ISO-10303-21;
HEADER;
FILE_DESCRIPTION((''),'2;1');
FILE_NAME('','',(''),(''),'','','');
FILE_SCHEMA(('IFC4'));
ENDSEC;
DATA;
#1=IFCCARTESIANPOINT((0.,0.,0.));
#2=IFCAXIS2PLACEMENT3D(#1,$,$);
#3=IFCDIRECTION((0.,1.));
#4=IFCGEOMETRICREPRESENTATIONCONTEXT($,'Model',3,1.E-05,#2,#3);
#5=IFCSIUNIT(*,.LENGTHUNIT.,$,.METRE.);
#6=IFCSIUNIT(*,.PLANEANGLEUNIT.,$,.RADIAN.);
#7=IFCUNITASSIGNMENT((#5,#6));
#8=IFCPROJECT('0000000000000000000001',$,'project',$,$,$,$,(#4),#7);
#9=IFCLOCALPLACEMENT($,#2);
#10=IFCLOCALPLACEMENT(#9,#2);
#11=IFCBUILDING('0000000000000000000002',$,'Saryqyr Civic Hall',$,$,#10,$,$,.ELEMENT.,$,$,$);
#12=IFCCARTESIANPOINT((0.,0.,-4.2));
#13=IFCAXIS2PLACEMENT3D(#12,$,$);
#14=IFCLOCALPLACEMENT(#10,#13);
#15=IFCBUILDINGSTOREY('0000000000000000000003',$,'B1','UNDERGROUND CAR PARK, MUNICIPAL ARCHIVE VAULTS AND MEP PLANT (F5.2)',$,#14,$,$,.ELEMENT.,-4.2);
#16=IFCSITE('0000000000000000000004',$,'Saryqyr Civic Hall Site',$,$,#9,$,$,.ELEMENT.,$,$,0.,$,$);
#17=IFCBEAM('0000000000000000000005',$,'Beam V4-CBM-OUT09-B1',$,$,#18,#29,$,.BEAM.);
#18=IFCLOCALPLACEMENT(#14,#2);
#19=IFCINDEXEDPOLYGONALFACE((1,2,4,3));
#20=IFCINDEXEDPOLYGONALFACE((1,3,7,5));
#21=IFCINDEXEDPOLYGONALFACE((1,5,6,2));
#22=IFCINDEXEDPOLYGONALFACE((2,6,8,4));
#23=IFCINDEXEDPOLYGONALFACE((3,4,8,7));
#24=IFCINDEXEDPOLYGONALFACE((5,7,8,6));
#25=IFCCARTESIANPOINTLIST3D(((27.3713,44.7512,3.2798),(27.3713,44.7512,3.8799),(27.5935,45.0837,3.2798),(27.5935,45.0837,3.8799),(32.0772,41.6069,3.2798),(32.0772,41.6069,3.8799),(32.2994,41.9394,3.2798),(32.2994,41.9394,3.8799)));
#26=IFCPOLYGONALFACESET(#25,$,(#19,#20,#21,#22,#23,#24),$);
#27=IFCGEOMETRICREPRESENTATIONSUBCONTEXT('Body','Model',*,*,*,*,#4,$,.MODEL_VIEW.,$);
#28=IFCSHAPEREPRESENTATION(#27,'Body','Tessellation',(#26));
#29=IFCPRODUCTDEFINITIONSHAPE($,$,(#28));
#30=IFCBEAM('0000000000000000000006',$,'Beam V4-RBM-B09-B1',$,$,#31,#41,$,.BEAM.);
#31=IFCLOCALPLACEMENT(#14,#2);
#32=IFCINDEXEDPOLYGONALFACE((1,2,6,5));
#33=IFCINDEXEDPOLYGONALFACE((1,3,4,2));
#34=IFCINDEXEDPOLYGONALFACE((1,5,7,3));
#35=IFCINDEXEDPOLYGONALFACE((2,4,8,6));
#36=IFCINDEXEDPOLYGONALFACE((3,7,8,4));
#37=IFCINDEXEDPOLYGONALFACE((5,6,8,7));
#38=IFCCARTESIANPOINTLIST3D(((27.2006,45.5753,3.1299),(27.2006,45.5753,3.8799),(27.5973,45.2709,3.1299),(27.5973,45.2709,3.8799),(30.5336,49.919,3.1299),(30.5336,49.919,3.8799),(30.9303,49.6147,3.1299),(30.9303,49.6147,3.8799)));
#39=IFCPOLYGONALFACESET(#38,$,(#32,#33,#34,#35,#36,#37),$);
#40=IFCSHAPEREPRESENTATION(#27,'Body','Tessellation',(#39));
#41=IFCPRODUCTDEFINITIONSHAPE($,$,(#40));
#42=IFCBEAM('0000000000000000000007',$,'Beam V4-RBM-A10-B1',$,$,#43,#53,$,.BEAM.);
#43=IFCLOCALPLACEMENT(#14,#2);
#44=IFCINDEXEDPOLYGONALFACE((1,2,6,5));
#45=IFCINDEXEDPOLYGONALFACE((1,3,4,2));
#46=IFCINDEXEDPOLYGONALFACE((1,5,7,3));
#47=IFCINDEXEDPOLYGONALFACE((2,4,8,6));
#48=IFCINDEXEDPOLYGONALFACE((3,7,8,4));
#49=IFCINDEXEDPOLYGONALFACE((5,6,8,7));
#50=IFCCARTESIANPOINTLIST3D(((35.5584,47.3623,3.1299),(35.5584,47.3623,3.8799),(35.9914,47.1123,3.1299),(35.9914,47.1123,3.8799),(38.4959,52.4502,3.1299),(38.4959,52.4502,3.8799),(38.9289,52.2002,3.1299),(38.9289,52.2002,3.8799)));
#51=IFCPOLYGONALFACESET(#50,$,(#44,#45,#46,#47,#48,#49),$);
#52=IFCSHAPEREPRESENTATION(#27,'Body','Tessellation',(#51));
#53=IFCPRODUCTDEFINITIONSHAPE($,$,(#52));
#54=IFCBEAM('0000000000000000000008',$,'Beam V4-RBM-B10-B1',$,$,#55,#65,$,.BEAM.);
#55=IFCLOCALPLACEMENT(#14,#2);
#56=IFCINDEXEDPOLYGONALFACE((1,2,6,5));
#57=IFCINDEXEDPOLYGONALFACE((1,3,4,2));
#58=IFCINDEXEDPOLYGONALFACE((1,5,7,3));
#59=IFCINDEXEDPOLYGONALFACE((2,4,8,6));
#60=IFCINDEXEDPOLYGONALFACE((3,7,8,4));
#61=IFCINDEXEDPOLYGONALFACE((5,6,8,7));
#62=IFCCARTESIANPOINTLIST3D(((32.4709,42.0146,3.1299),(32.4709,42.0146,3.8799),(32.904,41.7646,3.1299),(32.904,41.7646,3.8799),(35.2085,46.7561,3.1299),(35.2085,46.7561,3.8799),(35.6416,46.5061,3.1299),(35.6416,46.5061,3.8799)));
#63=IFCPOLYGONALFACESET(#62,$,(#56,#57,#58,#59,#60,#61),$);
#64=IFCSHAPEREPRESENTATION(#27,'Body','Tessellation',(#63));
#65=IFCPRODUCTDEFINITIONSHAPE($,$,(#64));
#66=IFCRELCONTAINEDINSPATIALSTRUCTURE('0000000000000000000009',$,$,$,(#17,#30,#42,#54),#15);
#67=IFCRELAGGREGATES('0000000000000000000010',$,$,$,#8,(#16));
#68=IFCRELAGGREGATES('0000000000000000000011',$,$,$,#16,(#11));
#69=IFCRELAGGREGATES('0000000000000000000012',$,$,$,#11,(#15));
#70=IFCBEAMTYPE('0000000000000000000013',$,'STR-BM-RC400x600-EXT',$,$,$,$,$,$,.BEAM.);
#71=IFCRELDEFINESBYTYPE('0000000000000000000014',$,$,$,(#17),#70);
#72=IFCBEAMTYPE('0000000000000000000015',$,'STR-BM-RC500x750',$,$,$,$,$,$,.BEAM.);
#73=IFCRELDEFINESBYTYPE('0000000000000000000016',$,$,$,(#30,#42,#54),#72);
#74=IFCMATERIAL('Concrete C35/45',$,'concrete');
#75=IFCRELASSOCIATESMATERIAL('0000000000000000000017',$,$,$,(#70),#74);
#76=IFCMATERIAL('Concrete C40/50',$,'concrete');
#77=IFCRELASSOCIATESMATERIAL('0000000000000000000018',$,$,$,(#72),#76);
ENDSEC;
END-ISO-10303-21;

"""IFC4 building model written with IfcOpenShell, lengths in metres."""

from ifc_helpers import new_model, si_unit, direction, frame, origin, origin_2d, place, context, subcontext, project, spatial, rectangle, extrude, material, material_profile, profile_set, type_object, element, save


model = new_model("IFC4")

# Units and contexts
model_context = context("Model", 3, precision=1e-05, world=origin(), true_north=direction((0.0, 1.0)))
body_context = subcontext(model_context, "Body", "Model", "MODEL_VIEW")
ifc_project = project(units=[si_unit("LENGTHUNIT", "METRE"), si_unit("PLANEANGLEUNIT", "RADIAN")], contexts=[model_context])

# Site, building, storey
site_placement = place(None, origin())
site = spatial("IfcSite", under=ifc_project, at=site_placement, Name="Saryqyr Civic Hall Site", CompositionType="ELEMENT", RefElevation=0.0)
building_placement = place(site_placement, origin())
building = spatial("IfcBuilding", under=site, at=building_placement, Name="Saryqyr Civic Hall", CompositionType="ELEMENT")
storey_placement = place(building_placement, frame((0.0, 0.0, -4.2)))
storey = spatial("IfcBuildingStorey", under=building, at=storey_placement, Name="B1", Description="UNDERGROUND CAR PARK, MUNICIPAL ARCHIVE VAULTS AND MEP PLANT (F5.2)", CompositionType="ELEMENT", Elevation=-4.2)

# Shared definitions
ifc_material_1 = material(Name="Concrete C35/45", Category="concrete")

# Shared definitions
ifc_material_2 = material(Name="Concrete C40/50", Category="concrete")

# Beams
ifc_material_profile_1 = material_profile(ifc_material_1, rectangle(XDim=0.3999, YDim=0.6001, at=origin_2d()), Name="RC 400x600")
ifc_profile_set_1 = profile_set([ifc_material_profile_1], Name="Concrete C35/45")
beam_type_1 = type_object("IfcBeamType", Name="STR-BM-RC400x600-EXT", PredefinedType="BEAM", material=ifc_profile_set_1)
beam_1_placement = place(storey_placement, frame((27.4824, 44.9175, 3.5798), z_axis=(0.831472, -0.555566, 0.0), x_axis=(0.555566, 0.831472, 0.0)))
element("IfcBeam", 1, at=beam_1_placement, inside=storey, type_object=beam_type_1, Name="Beam V4-CBM-OUT09-B1", PredefinedType="BEAM", context=body_context, shape_type="SweptSolid", body=[
    extrude(rectangle(XDim=0.3999, YDim=0.6001, at=origin_2d()), origin(), (0.0, 0.0, 1.0), 5.6597),
])
ifc_material_profile_2 = material_profile(ifc_material_2, rectangle(XDim=0.5, YDim=0.75, at=origin_2d()), Name="RC 500x750")
ifc_profile_set_2 = profile_set([ifc_material_profile_2], Name="Concrete C40/50")
beam_type_2 = type_object("IfcBeamType", Name="STR-BM-RC500x750", PredefinedType="BEAM", material=ifc_profile_set_2)
beam_2_placement = place(storey_placement, frame((30.7319, 49.7668, 3.5049), z_axis=(-0.608754, -0.793359, 0.0), x_axis=(0.793359, -0.608754, 0.0)))
element("IfcBeam", 2, at=beam_2_placement, inside=storey, type_object=beam_type_2, Name="Beam V4-RBM-B09-B1", PredefinedType="BEAM", context=body_context, shape_type="SweptSolid", body=[
    extrude(rectangle(XDim=0.5, YDim=0.75, at=origin_2d()), origin(), (0.0, 0.0, 1.0), 5.4751),
])
beam_3_placement = place(storey_placement, frame((38.7124, 52.3252, 3.5049), z_axis=(-0.500001, -0.866025, 0.0), x_axis=(0.866025, -0.500001, 0.0)))
element("IfcBeam", 3, at=beam_3_placement, inside=storey, type_object=beam_type_2, Name="Beam V4-RBM-A10-B1", PredefinedType="BEAM", context=body_context, shape_type="SweptSolid", body=[
    extrude(rectangle(XDim=0.5, YDim=0.75, at=origin_2d()), origin(), (0.0, 0.0, 1.0), 5.875),
])
beam_4_placement = place(storey_placement, frame((35.425, 46.6311, 3.5049), z_axis=(-0.500009, -0.86602, 0.0), x_axis=(0.86602, -0.500009, 0.0)))
element("IfcBeam", 4, at=beam_4_placement, inside=storey, type_object=beam_type_2, Name="Beam V4-RBM-B10-B1", PredefinedType="BEAM", context=body_context, shape_type="SweptSolid", body=[
    extrude(rectangle(XDim=0.5, YDim=0.75, at=origin_2d()), origin(), (0.0, 0.0, 1.0), 5.4751),
])

save(model, "model.ifc")
